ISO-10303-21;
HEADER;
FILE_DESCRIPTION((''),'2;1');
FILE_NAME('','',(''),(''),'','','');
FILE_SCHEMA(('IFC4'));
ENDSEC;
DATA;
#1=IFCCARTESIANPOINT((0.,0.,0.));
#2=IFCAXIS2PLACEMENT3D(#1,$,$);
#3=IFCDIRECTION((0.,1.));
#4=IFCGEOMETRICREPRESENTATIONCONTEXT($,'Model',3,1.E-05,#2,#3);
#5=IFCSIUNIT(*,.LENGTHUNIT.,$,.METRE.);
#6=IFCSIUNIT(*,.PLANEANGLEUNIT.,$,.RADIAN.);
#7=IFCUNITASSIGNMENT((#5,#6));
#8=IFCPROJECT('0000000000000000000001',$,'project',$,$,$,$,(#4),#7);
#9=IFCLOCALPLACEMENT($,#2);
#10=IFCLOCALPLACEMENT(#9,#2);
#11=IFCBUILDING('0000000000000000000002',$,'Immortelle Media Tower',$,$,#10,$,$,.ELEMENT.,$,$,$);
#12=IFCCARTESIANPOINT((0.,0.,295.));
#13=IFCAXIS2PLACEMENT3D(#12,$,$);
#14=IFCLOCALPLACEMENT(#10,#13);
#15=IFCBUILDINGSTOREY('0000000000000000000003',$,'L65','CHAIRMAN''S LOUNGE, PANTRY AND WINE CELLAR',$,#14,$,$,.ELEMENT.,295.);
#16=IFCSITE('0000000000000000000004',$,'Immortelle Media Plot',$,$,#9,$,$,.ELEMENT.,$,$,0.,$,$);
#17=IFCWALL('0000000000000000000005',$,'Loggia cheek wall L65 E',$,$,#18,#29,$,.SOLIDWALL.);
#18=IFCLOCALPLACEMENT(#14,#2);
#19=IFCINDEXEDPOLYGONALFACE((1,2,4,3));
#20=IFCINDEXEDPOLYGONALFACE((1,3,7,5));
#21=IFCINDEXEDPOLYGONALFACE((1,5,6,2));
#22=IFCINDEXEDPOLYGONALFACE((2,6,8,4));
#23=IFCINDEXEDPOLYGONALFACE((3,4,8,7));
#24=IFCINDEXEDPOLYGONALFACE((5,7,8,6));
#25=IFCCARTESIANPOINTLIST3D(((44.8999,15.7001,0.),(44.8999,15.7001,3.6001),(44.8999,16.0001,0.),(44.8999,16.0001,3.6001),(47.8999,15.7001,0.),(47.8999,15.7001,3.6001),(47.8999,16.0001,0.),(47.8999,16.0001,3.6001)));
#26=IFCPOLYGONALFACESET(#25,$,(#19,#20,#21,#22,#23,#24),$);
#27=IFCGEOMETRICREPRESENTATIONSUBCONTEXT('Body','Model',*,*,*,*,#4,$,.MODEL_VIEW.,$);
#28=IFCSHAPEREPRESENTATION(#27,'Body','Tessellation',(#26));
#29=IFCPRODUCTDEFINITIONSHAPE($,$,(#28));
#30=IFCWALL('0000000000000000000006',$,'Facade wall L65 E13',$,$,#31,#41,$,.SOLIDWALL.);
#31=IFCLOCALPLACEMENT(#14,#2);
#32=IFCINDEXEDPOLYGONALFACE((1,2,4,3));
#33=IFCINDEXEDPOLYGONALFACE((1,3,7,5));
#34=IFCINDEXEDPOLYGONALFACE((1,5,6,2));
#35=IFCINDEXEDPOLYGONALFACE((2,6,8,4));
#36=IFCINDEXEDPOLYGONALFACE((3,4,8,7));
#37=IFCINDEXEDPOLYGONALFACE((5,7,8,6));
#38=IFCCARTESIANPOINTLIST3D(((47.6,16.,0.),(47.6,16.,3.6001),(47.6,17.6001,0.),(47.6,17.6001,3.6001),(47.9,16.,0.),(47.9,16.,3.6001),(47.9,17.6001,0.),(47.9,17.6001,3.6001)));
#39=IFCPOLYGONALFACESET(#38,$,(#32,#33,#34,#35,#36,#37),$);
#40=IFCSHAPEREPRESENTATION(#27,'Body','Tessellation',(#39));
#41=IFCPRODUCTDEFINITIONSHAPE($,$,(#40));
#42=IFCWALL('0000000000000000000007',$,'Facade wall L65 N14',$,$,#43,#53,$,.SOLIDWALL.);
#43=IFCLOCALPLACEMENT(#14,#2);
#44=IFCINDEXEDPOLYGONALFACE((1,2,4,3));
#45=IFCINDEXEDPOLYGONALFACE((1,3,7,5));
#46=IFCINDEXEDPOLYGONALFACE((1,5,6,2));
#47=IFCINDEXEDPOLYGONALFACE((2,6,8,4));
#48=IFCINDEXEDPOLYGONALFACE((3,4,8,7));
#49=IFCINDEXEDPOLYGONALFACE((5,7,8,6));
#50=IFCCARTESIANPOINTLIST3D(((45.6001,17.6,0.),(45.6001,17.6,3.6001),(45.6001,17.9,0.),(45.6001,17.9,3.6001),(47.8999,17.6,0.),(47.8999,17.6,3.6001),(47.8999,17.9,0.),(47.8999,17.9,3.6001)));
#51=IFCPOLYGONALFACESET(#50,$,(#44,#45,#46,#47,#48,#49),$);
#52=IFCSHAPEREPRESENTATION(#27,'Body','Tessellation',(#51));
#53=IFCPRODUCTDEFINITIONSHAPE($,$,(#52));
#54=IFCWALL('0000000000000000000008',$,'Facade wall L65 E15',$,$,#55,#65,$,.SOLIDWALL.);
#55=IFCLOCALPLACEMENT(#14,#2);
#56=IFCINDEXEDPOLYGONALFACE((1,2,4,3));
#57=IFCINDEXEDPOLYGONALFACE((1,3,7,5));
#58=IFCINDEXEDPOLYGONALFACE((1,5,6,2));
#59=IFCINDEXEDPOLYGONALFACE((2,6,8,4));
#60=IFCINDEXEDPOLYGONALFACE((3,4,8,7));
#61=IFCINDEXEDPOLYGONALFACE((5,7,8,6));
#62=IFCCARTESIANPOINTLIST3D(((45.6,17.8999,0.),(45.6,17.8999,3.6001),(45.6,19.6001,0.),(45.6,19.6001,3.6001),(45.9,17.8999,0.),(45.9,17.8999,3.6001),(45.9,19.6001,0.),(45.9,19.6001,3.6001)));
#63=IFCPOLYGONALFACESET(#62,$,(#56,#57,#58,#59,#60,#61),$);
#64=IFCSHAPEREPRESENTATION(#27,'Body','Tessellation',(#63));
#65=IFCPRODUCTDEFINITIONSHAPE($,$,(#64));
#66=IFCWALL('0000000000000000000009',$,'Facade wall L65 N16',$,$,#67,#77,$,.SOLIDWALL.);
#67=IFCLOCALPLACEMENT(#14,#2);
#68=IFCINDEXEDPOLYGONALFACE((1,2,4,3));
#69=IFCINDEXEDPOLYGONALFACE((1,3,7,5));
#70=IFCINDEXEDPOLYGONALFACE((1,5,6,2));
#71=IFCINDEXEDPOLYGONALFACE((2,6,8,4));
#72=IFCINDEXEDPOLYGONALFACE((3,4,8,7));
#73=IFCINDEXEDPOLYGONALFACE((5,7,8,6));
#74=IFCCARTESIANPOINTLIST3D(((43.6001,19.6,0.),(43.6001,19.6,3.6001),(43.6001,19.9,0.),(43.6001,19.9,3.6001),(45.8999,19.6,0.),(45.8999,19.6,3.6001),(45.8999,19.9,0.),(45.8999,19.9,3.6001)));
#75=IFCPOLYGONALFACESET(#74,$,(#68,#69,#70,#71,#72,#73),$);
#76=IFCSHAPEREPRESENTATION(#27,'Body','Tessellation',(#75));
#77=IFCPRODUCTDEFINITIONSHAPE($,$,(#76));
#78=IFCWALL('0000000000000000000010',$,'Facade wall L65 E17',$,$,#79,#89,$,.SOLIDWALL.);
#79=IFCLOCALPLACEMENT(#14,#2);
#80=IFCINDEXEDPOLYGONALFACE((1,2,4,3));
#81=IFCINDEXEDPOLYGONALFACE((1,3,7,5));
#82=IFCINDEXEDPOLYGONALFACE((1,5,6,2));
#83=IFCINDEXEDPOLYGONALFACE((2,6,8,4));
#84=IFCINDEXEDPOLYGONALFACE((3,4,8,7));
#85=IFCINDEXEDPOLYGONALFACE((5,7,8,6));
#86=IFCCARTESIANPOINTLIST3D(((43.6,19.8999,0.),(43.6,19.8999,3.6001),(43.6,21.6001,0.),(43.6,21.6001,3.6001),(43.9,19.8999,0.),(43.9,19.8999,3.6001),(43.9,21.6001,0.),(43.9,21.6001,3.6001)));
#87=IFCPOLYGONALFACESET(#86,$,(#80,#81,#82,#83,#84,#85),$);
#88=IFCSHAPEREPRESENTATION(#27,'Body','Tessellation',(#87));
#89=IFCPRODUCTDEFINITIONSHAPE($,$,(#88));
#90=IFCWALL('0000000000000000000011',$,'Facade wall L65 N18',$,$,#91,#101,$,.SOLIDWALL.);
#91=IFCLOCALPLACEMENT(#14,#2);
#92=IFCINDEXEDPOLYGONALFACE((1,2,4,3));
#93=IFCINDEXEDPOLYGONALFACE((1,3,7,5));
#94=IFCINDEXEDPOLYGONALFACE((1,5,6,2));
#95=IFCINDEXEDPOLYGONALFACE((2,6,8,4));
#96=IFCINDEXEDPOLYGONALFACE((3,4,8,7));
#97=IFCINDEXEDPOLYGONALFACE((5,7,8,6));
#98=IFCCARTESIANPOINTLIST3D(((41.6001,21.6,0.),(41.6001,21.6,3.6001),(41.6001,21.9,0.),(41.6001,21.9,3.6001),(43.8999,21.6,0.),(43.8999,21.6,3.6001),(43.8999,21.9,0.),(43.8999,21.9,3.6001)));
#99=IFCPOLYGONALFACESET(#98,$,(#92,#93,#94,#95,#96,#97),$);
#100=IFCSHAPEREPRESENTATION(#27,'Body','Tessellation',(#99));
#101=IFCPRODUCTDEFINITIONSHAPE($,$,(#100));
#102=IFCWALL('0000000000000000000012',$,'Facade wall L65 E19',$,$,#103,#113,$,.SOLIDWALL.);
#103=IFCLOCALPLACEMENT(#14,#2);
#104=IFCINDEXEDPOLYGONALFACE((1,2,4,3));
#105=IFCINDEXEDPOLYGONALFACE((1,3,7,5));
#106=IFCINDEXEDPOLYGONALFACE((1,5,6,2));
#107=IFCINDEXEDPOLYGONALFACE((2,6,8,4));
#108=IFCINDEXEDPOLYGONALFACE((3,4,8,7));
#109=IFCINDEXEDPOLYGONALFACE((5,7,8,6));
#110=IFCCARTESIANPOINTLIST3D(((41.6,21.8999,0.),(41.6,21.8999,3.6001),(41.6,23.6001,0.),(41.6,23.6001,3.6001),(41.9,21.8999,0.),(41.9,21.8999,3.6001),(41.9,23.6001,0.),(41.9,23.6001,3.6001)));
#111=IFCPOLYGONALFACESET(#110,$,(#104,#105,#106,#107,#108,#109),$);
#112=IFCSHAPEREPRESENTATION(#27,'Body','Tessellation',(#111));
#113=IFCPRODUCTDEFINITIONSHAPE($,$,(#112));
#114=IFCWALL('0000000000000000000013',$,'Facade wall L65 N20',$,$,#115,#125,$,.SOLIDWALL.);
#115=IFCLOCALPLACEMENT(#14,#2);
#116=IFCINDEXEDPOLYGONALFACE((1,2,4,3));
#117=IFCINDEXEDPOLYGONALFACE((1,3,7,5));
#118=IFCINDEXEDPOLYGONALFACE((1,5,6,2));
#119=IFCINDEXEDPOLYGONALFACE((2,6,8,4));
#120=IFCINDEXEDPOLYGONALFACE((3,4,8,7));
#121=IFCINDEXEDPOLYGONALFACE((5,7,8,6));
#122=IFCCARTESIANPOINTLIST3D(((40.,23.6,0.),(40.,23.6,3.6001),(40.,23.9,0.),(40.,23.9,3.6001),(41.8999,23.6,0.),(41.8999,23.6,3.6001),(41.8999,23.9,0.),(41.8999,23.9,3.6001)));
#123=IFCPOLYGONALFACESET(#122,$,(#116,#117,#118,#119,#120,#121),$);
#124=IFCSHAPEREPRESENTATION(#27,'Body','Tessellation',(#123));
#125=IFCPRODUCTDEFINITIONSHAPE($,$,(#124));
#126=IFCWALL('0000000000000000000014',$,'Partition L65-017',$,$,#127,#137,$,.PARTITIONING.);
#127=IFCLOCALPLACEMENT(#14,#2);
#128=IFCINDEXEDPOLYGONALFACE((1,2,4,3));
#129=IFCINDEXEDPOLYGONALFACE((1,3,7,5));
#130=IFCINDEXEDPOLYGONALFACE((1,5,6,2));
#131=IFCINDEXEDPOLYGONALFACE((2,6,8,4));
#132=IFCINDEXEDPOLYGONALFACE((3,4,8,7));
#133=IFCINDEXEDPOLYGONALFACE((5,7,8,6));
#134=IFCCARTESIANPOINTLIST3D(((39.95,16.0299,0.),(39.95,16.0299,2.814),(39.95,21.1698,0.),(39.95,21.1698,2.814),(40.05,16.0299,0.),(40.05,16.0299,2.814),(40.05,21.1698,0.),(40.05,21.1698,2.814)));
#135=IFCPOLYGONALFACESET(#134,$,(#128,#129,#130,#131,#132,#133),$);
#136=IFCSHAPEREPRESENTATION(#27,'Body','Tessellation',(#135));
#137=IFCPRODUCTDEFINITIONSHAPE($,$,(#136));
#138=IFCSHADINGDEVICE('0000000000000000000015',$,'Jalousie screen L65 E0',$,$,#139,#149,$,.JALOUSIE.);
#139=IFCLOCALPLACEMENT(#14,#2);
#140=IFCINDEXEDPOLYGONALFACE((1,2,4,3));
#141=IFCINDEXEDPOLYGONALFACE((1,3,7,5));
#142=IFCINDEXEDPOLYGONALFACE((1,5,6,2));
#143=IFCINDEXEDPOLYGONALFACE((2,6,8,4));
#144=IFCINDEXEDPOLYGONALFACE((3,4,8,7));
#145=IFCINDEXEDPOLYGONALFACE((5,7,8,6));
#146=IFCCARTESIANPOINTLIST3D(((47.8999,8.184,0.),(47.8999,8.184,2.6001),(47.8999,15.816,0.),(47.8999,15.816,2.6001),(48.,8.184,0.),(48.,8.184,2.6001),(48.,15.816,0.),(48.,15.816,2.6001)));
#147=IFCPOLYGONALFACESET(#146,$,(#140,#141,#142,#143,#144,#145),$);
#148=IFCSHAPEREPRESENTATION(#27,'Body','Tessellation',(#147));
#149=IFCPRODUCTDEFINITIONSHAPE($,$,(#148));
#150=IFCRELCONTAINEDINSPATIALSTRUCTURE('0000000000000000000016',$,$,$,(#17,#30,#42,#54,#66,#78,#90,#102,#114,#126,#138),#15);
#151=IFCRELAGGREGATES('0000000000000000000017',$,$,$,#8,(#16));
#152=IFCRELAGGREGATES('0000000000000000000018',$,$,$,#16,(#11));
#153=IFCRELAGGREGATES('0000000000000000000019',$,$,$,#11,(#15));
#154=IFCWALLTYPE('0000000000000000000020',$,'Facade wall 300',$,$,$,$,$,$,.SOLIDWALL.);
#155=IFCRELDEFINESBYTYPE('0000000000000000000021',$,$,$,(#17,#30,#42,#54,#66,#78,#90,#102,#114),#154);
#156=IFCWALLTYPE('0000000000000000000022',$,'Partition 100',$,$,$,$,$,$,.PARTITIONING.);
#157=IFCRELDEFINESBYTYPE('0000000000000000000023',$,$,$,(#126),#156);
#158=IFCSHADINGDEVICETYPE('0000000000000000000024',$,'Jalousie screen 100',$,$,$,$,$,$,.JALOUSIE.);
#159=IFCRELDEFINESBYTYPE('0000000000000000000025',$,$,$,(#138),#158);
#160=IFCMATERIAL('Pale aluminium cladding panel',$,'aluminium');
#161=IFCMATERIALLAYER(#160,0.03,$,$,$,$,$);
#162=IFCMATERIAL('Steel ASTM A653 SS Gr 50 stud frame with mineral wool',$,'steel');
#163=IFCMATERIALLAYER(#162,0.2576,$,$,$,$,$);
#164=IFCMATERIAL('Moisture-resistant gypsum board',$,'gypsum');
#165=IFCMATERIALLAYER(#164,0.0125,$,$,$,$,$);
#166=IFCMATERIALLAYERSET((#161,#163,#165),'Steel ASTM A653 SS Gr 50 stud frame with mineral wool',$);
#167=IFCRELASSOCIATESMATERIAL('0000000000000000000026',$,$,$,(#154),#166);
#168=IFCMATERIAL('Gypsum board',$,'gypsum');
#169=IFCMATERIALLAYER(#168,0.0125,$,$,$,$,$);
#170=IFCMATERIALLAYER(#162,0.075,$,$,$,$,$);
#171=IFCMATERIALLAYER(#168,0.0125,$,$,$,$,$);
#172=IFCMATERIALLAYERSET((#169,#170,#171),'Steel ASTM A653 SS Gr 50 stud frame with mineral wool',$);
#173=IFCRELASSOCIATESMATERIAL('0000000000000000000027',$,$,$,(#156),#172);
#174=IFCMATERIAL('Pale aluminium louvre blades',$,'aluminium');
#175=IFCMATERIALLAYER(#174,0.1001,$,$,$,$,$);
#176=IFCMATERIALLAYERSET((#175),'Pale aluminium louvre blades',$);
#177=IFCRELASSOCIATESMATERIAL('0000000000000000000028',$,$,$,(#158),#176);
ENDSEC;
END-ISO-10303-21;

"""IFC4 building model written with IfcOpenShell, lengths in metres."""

from ifc_helpers import new_model, si_unit, direction, frame, frame_2d, origin, origin_2d, place, context, subcontext, project, spatial, rectangle, extrude, material, layer, layer_set, type_object, element, save


model = new_model("IFC4")

# Units and contexts
model_context = context("Model", 3, precision=1e-05, world=origin(), true_north=direction((0.0, 1.0)))
body_context = subcontext(model_context, "Body", "Model", "MODEL_VIEW")
ifc_project = project(units=[si_unit("LENGTHUNIT", "METRE"), si_unit("PLANEANGLEUNIT", "RADIAN")], contexts=[model_context])

# Site, building, storey
site_placement = place(None, origin())
site = spatial("IfcSite", under=ifc_project, at=site_placement, Name="Immortelle Media Plot", CompositionType="ELEMENT", RefElevation=0.0)
building_placement = place(site_placement, origin())
building = spatial("IfcBuilding", under=site, at=building_placement, Name="Immortelle Media Tower", CompositionType="ELEMENT")
storey_placement = place(building_placement, frame((0.0, 0.0, 295.0)))
storey = spatial("IfcBuildingStorey", under=building, at=storey_placement, Name="L65", Description="CHAIRMAN'S LOUNGE, PANTRY AND WINE CELLAR", CompositionType="ELEMENT", Elevation=295.0)

# Walls
ifc_material_1 = material(Name="Pale aluminium cladding panel", Category="aluminium")
ifc_layer_1 = layer(ifc_material_1, 0.03)
ifc_material_2 = material(Name="Steel ASTM A653 SS Gr 50 stud frame with mineral wool", Category="steel")
ifc_layer_2 = layer(ifc_material_2, 0.2576)
ifc_material_3 = material(Name="Moisture-resistant gypsum board", Category="gypsum")
ifc_layer_3 = layer(ifc_material_3, 0.0125)
ifc_layer_set_1 = layer_set([ifc_layer_1, ifc_layer_2, ifc_layer_3], Name="Steel ASTM A653 SS Gr 50 stud frame with mineral wool")
wall_type_1 = type_object("IfcWallType", Name="Facade wall 300", PredefinedType="SOLIDWALL", material=ifc_layer_set_1)
wall_1_placement = place(storey_placement, frame((47.8999, 15.8501, 0.0), z_axis=(0.0, 0.0, 1.0), x_axis=(-1.0, 0.0, 0.0)))
element("IfcWall", 1, at=wall_1_placement, inside=storey, type_object=wall_type_1, Name="Loggia cheek wall L65 E", PredefinedType="SOLIDWALL", context=body_context, shape_type="SweptSolid", body=[
    extrude(rectangle(XDim=3.0, YDim=0.3, at=frame_2d((1.5, 0.0))), origin(), (0.0, 0.0, 1.0), 3.6001),
])
wall_2_placement = place(storey_placement, frame((47.75, 16.0, 0.0), z_axis=(0.0, 0.0, 1.0), x_axis=(0.0, 1.0, 0.0)))
element("IfcWall", 2, at=wall_2_placement, inside=storey, type_object=wall_type_1, Name="Facade wall L65 E13", PredefinedType="SOLIDWALL", context=body_context, shape_type="SweptSolid", body=[
    extrude(rectangle(XDim=1.6001, YDim=0.3, at=frame_2d((0.8, 0.0))), origin(), (0.0, 0.0, 1.0), 3.6001),
])
wall_3_placement = place(storey_placement, frame((47.8999, 17.75, 0.0), z_axis=(0.0, 0.0, 1.0), x_axis=(-1.0, 0.0, 0.0)))
element("IfcWall", 3, at=wall_3_placement, inside=storey, type_object=wall_type_1, Name="Facade wall L65 N14", PredefinedType="SOLIDWALL", context=body_context, shape_type="SweptSolid", body=[
    extrude(rectangle(XDim=2.2998, YDim=0.3, at=frame_2d((1.1499, 0.0))), origin(), (0.0, 0.0, 1.0), 3.6001),
])
wall_4_placement = place(storey_placement, frame((45.75, 17.8999, 0.0), z_axis=(0.0, 0.0, 1.0), x_axis=(0.0, 1.0, 0.0)))
element("IfcWall", 4, at=wall_4_placement, inside=storey, type_object=wall_type_1, Name="Facade wall L65 E15", PredefinedType="SOLIDWALL", context=body_context, shape_type="SweptSolid", body=[
    extrude(rectangle(XDim=1.7002, YDim=0.3, at=frame_2d((0.8501, 0.0))), origin(), (0.0, 0.0, 1.0), 3.6001),
])
wall_5_placement = place(storey_placement, frame((45.8999, 19.75, 0.0), z_axis=(0.0, 0.0, 1.0), x_axis=(-1.0, 0.0, 0.0)))
element("IfcWall", 5, at=wall_5_placement, inside=storey, type_object=wall_type_1, Name="Facade wall L65 N16", PredefinedType="SOLIDWALL", context=body_context, shape_type="SweptSolid", body=[
    extrude(rectangle(XDim=2.2998, YDim=0.3, at=frame_2d((1.1499, 0.0))), origin(), (0.0, 0.0, 1.0), 3.6001),
])
wall_6_placement = place(storey_placement, frame((43.75, 19.8999, 0.0), z_axis=(0.0, 0.0, 1.0), x_axis=(0.0, 1.0, 0.0)))
element("IfcWall", 6, at=wall_6_placement, inside=storey, type_object=wall_type_1, Name="Facade wall L65 E17", PredefinedType="SOLIDWALL", context=body_context, shape_type="SweptSolid", body=[
    extrude(rectangle(XDim=1.7002, YDim=0.3, at=frame_2d((0.8501, 0.0))), origin(), (0.0, 0.0, 1.0), 3.6001),
])
wall_7_placement = place(storey_placement, frame((43.8999, 21.75, 0.0), z_axis=(0.0, 0.0, 1.0), x_axis=(-1.0, 0.0, 0.0)))
element("IfcWall", 7, at=wall_7_placement, inside=storey, type_object=wall_type_1, Name="Facade wall L65 N18", PredefinedType="SOLIDWALL", context=body_context, shape_type="SweptSolid", body=[
    extrude(rectangle(XDim=2.2998, YDim=0.3, at=frame_2d((1.1499, 0.0))), origin(), (0.0, 0.0, 1.0), 3.6001),
])
wall_8_placement = place(storey_placement, frame((41.75, 21.8999, 0.0), z_axis=(0.0, 0.0, 1.0), x_axis=(0.0, 1.0, 0.0)))
element("IfcWall", 8, at=wall_8_placement, inside=storey, type_object=wall_type_1, Name="Facade wall L65 E19", PredefinedType="SOLIDWALL", context=body_context, shape_type="SweptSolid", body=[
    extrude(rectangle(XDim=1.7002, YDim=0.3, at=frame_2d((0.8501, 0.0))), origin(), (0.0, 0.0, 1.0), 3.6001),
])
wall_9_placement = place(storey_placement, frame((41.8999, 23.75, 0.0), z_axis=(0.0, 0.0, 1.0), x_axis=(-1.0, 0.0, 0.0)))
element("IfcWall", 9, at=wall_9_placement, inside=storey, type_object=wall_type_1, Name="Facade wall L65 N20", PredefinedType="SOLIDWALL", context=body_context, shape_type="SweptSolid", body=[
    extrude(rectangle(XDim=1.8999, YDim=0.3, at=frame_2d((0.95, 0.0))), origin(), (0.0, 0.0, 1.0), 3.6001),
])
ifc_material_4 = material(Name="Gypsum board", Category="gypsum")
ifc_layer_4 = layer(ifc_material_4, 0.0125)
ifc_layer_5 = layer(ifc_material_2, 0.075)
ifc_layer_6 = layer(ifc_material_4, 0.0125)
ifc_layer_set_2 = layer_set([ifc_layer_4, ifc_layer_5, ifc_layer_6], Name="Steel ASTM A653 SS Gr 50 stud frame with mineral wool")
wall_type_2 = type_object("IfcWallType", Name="Partition 100", PredefinedType="PARTITIONING", material=ifc_layer_set_2)
wall_10_placement = place(storey_placement, frame((40.0, 16.03, 0.0), z_axis=(0.0, 0.0, 1.0), x_axis=(0.0, 1.0, 0.0)))
element("IfcWall", 10, at=wall_10_placement, inside=storey, type_object=wall_type_2, Name="Partition L65-017", PredefinedType="PARTITIONING", context=body_context, shape_type="SweptSolid", body=[
    extrude(rectangle(XDim=5.1399, YDim=0.1001, at=frame_2d((2.5698, 0.0))), origin(), (0.0, 0.0, 1.0), 2.814),
])

# Shading device
ifc_material_5 = material(Name="Pale aluminium louvre blades", Category="aluminium")
ifc_layer_7 = layer(ifc_material_5, 0.1001)
ifc_layer_set_3 = layer_set([ifc_layer_7], Name="Pale aluminium louvre blades")
shading_device_type = type_object("IfcShadingDeviceType", Name="Jalousie screen 100", PredefinedType="JALOUSIE", material=ifc_layer_set_3)
shading_device_placement = place(storey_placement, frame((47.95, 12.0, 0.0), z_axis=(0.0, 0.0, 1.0), x_axis=(0.0, 1.0, 0.0)))
element("IfcShadingDevice", 11, at=shading_device_placement, inside=storey, type_object=shading_device_type, Name="Jalousie screen L65 E0", PredefinedType="JALOUSIE", context=body_context, shape_type="SweptSolid", body=[
    extrude(rectangle(XDim=7.6321, YDim=0.1001, at=origin_2d()), origin(), (0.0, 0.0, 1.0), 2.6001),
])

save(model, "model.ifc")
